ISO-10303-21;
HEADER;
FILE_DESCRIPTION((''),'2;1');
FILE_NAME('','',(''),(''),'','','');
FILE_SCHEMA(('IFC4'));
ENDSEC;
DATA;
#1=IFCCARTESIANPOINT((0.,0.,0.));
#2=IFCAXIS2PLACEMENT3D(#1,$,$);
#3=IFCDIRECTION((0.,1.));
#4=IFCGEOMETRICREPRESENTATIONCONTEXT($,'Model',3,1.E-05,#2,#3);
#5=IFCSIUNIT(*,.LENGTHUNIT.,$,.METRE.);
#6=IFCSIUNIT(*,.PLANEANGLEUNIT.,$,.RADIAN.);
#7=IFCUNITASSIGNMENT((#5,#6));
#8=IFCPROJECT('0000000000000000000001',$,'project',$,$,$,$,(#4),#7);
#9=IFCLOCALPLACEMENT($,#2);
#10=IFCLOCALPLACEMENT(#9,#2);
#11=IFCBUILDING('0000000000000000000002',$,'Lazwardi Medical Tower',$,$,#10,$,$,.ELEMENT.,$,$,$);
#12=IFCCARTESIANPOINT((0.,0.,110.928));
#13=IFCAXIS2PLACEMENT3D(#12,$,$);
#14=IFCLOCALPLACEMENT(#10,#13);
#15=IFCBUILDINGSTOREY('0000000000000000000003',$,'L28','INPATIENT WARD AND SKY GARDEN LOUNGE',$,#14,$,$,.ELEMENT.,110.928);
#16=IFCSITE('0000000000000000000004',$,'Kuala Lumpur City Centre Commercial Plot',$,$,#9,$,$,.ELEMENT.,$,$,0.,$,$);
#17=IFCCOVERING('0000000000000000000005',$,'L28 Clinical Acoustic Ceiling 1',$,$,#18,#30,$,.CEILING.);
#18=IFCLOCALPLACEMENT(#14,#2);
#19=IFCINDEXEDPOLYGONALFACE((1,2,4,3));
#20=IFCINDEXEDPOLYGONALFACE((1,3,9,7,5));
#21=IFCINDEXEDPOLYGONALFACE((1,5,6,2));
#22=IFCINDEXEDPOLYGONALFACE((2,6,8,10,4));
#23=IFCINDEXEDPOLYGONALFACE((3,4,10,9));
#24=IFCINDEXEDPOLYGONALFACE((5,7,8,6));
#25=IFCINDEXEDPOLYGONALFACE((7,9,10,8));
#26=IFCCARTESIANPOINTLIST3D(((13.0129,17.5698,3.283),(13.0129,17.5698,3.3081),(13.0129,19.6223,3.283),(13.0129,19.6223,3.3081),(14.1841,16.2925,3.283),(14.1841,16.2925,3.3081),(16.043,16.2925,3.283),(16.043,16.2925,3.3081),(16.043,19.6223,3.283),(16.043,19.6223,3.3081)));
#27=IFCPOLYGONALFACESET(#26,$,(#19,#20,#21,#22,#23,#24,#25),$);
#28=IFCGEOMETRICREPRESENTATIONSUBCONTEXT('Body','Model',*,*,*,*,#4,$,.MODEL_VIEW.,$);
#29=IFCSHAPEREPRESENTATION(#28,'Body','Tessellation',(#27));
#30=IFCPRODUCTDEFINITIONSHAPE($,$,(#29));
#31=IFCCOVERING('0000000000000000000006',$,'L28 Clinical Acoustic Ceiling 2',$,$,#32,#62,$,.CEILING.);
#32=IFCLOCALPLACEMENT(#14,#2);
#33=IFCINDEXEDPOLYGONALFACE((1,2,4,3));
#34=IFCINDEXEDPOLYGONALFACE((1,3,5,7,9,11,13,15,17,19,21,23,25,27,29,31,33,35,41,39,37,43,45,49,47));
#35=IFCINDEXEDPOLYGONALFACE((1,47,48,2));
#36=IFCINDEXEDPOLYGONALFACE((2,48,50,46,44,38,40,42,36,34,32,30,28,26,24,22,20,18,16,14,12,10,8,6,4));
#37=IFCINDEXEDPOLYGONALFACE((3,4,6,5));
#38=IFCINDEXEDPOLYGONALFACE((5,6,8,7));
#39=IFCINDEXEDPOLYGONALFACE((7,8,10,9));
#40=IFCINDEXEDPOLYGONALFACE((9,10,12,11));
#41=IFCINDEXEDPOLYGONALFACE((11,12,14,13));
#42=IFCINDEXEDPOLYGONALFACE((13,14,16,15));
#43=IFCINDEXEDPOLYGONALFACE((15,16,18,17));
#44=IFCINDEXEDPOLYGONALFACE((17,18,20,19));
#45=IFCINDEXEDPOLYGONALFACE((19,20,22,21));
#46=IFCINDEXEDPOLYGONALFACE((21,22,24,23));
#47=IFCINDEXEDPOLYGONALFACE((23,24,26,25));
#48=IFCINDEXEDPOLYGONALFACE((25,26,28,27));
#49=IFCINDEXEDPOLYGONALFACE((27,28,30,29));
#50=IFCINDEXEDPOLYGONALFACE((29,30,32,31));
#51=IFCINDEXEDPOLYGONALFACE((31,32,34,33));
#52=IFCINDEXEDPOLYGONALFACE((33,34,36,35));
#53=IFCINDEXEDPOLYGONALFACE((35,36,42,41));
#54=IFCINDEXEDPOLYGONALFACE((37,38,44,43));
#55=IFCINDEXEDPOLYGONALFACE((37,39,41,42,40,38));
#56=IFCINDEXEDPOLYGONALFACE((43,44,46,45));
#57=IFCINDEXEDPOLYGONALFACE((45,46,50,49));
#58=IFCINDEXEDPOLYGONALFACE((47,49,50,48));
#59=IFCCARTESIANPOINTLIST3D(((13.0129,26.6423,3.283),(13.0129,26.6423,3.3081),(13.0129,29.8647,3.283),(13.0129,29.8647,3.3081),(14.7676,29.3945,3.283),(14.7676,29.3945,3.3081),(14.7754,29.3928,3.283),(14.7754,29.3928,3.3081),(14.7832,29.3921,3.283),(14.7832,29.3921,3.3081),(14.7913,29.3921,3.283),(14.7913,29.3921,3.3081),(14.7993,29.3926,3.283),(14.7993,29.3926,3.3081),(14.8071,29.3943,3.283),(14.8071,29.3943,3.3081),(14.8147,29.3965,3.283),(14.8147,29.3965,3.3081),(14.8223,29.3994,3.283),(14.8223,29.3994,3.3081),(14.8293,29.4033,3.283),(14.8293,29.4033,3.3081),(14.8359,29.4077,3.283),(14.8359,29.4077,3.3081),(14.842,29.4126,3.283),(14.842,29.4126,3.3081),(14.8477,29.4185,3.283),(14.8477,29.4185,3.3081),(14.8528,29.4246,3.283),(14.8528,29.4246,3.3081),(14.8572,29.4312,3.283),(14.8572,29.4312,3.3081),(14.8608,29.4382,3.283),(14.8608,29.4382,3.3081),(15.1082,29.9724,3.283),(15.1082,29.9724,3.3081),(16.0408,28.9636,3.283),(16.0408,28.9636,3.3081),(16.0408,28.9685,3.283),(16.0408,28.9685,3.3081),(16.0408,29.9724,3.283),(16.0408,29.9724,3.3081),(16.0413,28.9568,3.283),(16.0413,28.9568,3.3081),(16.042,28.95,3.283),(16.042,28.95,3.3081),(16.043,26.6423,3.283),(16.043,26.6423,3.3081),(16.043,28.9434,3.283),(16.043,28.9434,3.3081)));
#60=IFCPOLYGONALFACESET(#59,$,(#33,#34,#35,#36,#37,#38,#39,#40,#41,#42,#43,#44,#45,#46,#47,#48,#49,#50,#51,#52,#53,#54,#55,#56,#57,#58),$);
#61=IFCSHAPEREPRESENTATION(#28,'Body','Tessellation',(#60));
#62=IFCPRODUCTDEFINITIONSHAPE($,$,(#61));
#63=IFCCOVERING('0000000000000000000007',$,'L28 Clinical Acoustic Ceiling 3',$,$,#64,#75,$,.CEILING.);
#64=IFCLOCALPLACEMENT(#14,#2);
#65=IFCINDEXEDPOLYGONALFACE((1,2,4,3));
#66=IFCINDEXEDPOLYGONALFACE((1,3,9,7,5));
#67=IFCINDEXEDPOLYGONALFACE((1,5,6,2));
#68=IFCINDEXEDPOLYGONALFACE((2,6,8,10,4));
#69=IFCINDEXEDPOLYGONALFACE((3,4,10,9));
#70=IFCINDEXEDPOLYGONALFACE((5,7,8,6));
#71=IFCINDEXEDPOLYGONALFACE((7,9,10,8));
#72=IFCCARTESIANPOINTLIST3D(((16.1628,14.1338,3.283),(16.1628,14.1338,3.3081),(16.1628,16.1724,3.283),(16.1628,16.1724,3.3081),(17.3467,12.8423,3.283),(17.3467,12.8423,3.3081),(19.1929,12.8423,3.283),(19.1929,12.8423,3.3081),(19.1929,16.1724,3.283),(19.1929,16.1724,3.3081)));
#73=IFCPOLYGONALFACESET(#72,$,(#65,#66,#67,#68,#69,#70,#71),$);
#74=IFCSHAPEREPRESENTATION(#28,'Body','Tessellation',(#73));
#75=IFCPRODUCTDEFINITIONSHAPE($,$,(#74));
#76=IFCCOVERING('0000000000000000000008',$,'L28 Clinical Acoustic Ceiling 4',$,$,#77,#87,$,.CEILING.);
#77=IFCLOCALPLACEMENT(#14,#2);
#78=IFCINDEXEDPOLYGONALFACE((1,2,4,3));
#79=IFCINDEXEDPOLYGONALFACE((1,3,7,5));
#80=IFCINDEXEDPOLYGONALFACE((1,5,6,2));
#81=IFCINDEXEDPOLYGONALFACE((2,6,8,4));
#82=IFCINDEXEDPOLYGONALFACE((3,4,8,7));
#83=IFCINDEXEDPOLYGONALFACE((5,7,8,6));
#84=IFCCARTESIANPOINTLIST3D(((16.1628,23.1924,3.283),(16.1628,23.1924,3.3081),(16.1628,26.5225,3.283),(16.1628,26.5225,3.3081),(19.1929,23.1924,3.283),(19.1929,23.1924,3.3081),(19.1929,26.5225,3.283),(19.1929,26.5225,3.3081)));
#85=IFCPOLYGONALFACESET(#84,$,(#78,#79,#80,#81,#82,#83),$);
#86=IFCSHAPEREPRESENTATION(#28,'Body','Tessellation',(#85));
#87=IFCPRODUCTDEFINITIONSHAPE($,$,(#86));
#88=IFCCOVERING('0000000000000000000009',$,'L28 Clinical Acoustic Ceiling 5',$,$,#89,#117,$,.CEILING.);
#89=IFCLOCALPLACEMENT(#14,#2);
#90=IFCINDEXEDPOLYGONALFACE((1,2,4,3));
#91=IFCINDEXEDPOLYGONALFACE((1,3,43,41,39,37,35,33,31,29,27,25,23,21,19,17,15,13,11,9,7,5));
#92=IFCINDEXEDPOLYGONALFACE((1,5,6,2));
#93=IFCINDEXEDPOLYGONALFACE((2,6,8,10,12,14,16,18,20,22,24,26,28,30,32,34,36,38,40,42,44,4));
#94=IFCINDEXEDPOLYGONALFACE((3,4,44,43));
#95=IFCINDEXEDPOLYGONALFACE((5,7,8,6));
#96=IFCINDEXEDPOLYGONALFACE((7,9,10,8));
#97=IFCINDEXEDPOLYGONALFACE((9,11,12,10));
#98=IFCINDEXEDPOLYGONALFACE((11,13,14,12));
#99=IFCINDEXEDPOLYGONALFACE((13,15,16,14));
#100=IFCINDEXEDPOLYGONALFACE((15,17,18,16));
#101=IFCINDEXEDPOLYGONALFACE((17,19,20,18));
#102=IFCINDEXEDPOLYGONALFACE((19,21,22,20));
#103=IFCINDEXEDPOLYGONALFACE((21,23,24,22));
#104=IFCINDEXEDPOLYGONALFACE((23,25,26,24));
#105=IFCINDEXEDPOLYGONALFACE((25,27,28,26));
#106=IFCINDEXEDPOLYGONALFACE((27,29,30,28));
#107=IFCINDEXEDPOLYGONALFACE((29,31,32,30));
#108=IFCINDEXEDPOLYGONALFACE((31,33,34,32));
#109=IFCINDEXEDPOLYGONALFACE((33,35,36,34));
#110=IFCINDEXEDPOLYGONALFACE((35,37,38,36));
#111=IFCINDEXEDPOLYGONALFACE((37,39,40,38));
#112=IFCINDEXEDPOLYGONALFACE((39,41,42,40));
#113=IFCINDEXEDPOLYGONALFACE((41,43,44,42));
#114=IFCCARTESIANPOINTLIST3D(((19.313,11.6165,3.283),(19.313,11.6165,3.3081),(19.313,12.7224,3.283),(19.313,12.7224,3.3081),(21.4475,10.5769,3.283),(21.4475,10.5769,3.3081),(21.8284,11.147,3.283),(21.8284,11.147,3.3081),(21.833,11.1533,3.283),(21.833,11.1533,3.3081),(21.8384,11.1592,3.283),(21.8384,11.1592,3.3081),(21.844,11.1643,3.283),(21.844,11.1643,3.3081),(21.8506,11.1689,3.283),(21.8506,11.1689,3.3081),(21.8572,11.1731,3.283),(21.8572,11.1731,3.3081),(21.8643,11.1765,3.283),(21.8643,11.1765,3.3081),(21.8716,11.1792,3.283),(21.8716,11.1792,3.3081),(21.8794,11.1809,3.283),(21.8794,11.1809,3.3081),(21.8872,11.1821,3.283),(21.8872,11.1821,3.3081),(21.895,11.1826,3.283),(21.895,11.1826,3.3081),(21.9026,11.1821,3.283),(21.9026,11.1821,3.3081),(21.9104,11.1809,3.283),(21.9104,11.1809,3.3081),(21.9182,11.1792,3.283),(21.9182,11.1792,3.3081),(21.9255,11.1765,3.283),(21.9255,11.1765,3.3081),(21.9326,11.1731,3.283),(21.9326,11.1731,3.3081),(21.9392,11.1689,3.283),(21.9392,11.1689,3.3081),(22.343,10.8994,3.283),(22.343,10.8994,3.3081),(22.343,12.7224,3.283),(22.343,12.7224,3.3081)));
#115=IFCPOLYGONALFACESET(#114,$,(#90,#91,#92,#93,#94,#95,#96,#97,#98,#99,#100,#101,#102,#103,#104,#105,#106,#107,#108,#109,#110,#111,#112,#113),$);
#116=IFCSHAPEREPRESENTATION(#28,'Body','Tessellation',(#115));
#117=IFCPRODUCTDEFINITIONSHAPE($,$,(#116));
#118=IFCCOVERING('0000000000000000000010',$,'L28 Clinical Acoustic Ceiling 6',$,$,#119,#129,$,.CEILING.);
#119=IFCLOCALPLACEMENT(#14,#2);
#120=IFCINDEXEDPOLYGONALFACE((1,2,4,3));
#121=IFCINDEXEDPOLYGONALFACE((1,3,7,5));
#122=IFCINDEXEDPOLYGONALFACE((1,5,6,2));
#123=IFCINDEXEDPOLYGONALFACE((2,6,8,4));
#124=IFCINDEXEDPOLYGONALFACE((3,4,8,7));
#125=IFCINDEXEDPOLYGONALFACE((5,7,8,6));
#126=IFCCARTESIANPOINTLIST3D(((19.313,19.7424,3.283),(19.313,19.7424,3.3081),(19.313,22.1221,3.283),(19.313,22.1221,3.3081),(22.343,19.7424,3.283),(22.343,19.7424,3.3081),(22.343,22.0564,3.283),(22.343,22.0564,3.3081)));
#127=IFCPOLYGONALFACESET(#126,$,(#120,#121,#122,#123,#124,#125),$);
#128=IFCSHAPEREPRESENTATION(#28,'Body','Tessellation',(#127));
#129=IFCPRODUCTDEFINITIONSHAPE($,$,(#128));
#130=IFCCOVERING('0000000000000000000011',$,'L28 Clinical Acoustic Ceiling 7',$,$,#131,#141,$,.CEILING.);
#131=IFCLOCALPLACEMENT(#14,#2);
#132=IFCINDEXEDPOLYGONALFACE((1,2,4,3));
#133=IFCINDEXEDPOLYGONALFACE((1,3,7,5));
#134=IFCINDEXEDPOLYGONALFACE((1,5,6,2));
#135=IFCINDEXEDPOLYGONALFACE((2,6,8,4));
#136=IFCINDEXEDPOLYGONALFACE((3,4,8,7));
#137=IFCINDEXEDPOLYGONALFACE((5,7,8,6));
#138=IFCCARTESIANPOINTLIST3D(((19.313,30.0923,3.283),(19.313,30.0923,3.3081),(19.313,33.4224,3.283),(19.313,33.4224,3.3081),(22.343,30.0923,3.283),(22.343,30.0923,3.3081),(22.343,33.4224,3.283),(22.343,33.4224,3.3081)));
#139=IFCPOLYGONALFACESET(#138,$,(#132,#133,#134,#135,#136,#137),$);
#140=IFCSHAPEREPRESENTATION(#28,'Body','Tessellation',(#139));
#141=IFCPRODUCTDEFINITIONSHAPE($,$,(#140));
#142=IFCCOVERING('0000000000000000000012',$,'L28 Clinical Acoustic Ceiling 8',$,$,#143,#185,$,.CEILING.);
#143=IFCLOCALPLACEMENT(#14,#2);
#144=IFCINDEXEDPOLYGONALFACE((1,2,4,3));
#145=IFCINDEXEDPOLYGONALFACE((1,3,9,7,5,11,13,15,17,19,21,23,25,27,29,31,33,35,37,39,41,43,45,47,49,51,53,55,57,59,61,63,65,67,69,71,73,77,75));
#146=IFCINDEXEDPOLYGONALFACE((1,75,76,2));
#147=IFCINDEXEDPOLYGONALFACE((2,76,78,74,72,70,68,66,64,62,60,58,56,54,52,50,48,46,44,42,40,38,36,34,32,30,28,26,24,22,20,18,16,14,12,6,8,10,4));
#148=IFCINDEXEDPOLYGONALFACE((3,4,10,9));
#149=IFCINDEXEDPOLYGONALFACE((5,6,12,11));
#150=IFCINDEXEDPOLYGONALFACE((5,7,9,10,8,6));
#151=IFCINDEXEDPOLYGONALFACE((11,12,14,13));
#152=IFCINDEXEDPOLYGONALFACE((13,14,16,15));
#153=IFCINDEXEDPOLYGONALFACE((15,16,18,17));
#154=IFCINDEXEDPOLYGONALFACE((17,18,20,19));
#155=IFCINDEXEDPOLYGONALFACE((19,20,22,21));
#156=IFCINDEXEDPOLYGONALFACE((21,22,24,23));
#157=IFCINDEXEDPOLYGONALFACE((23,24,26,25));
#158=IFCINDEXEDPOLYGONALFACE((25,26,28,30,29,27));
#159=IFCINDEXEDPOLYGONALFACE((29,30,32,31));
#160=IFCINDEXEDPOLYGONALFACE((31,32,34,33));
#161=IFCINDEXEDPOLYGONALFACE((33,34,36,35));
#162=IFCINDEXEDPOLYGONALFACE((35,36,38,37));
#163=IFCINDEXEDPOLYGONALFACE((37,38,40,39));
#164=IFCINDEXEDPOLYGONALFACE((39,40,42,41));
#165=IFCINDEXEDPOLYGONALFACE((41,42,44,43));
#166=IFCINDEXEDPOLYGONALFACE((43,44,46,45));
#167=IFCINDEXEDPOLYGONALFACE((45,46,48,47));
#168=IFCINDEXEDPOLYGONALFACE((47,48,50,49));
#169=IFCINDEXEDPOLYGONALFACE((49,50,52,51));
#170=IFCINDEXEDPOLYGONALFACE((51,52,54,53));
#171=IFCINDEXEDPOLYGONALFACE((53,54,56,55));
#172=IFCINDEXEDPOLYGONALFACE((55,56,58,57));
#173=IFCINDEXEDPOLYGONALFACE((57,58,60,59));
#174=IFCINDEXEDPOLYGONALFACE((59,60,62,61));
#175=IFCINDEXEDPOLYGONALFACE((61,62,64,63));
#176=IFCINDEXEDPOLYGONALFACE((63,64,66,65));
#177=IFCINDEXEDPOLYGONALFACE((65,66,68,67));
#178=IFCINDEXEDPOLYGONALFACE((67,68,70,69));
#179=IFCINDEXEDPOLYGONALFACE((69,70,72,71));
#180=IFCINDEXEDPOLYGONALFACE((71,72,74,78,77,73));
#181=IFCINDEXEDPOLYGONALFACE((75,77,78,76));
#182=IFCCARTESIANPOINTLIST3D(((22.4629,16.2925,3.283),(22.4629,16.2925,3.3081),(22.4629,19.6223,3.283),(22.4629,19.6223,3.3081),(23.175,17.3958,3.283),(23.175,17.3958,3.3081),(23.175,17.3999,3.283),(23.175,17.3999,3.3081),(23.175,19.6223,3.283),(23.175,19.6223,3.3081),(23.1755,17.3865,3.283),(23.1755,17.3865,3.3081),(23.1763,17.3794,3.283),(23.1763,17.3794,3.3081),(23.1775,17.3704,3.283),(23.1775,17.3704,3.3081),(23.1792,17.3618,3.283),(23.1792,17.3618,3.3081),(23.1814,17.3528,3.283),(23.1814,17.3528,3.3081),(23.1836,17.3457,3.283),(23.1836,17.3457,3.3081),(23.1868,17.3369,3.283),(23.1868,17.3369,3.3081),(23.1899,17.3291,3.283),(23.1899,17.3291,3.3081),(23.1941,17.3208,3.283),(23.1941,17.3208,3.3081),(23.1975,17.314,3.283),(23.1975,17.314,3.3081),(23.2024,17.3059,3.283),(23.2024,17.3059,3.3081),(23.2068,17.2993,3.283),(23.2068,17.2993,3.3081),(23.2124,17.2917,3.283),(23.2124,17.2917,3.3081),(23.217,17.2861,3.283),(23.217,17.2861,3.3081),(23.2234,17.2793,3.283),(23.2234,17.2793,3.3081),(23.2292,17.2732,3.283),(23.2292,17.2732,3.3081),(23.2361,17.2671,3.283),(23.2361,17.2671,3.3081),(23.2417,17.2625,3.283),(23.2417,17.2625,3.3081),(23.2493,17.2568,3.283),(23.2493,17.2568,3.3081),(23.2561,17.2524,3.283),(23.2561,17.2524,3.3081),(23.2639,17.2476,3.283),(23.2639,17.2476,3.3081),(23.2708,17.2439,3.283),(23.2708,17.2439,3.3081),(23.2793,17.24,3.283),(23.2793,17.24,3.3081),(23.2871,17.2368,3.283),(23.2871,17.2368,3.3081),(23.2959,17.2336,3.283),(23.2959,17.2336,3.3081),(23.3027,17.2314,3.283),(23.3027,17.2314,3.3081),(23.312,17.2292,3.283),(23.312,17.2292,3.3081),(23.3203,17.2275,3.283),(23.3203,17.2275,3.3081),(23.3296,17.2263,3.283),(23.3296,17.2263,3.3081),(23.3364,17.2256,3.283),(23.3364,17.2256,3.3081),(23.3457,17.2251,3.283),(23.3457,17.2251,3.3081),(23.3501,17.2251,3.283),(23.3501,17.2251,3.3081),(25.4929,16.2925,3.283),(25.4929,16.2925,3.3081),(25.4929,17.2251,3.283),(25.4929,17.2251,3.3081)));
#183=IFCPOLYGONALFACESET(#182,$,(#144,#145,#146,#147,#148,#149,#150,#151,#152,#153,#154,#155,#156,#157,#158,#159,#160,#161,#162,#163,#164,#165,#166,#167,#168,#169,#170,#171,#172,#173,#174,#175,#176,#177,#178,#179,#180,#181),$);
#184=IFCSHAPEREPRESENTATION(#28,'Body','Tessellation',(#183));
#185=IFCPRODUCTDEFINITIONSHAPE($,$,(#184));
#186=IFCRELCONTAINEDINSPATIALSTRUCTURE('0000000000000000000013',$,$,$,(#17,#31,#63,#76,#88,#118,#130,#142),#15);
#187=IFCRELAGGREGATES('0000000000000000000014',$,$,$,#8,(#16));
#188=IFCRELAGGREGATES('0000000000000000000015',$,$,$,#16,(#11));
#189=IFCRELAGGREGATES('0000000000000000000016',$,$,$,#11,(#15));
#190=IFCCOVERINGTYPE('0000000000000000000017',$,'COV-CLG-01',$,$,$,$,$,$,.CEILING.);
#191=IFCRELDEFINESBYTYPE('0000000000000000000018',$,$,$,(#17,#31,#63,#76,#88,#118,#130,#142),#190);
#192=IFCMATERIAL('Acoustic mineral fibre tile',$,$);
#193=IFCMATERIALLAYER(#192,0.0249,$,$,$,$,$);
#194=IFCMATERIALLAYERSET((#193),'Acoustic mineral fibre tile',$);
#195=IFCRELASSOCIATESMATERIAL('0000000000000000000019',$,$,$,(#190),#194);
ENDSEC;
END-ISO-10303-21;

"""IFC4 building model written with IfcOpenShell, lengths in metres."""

from ifc_helpers import new_model, si_unit, direction, frame, origin, place, context, subcontext, project, spatial, polyline, outline, extrude, material, layer, layer_set, type_object, element, save


model = new_model("IFC4")

# Units and contexts
model_context = context("Model", 3, precision=1e-05, world=origin(), true_north=direction((0.0, 1.0)))
body_context = subcontext(model_context, "Body", "Model", "MODEL_VIEW")
ifc_project = project(units=[si_unit("LENGTHUNIT", "METRE"), si_unit("PLANEANGLEUNIT", "RADIAN")], contexts=[model_context])

# Site, building, storey
site_placement = place(None, origin())
site = spatial("IfcSite", under=ifc_project, at=site_placement, Name="Kuala Lumpur City Centre Commercial Plot", CompositionType="ELEMENT", RefElevation=0.0)
building_placement = place(site_placement, origin())
building = spatial("IfcBuilding", under=site, at=building_placement, Name="Lazwardi Medical Tower", CompositionType="ELEMENT")
storey_placement = place(building_placement, frame((0.0, 0.0, 110.928)))
storey = spatial("IfcBuildingStorey", under=building, at=storey_placement, Name="L28", Description="INPATIENT WARD AND SKY GARDEN LOUNGE", CompositionType="ELEMENT", Elevation=110.928)

# Coverings
ifc_material_1 = material(Name="Acoustic mineral fibre tile")
ifc_layer_1 = layer(ifc_material_1, 0.0249)
ifc_layer_set_1 = layer_set([ifc_layer_1], Name="Acoustic mineral fibre tile")
covering_type_1 = type_object("IfcCoveringType", Name="COV-CLG-01", PredefinedType="CEILING", material=ifc_layer_set_1)
covering_1_placement = place(storey_placement, frame((0.0, 0.0, 3.283)))
element("IfcCovering", 1, at=covering_1_placement, inside=storey, type_object=covering_type_1, Name="L28 Clinical Acoustic Ceiling 1", PredefinedType="CEILING", context=body_context, shape_type="SweptSolid", body=[
    extrude(outline(polyline([(13.0129, 17.5698), (14.1841, 16.2925), (16.043, 16.2925), (16.043, 19.6223), (13.0129, 19.6223), (13.0129, 17.5698)])), origin(), (0.0, 0.0, 1.0), 0.0251),
])
covering_2_placement = place(storey_placement, frame((0.0, 0.0, 3.283)))
element("IfcCovering", 2, at=covering_2_placement, inside=storey, type_object=covering_type_1, Name="L28 Clinical Acoustic Ceiling 2", PredefinedType="CEILING", context=body_context, shape_type="SweptSolid", body=[
    extrude(outline(polyline([(16.043, 28.9434), (16.042, 28.95), (16.0413, 28.9568), (16.0408, 28.9636), (16.0408, 28.9685), (16.0408, 29.9724), (15.1082, 29.9724), (14.8608, 29.4382), (14.8572, 29.4312), (14.8528, 29.4246), (14.8477, 29.4185), (14.842, 29.4126), (14.8359, 29.4077), (14.8293, 29.4033), (14.8223, 29.3994), (14.8147, 29.3965), (14.8071, 29.3943), (14.7993, 29.3926), (14.7913, 29.3921), (14.7832, 29.3921), (14.7754, 29.3928), (14.7676, 29.3945), (13.0129, 29.8647), (13.0129, 26.6423), (16.043, 26.6423), (16.043, 28.9434)])), origin(), (0.0, 0.0, 1.0), 0.0251),
])
covering_3_placement = place(storey_placement, frame((0.0, 0.0, 3.283)))
element("IfcCovering", 3, at=covering_3_placement, inside=storey, type_object=covering_type_1, Name="L28 Clinical Acoustic Ceiling 3", PredefinedType="CEILING", context=body_context, shape_type="SweptSolid", body=[
    extrude(outline(polyline([(16.1628, 14.1338), (17.3467, 12.8423), (19.1929, 12.8423), (19.1929, 16.1724), (16.1628, 16.1724), (16.1628, 14.1338)])), origin(), (0.0, 0.0, 1.0), 0.0251),
])
covering_4_placement = place(storey_placement, frame((0.0, 0.0, 3.283)))
element("IfcCovering", 4, at=covering_4_placement, inside=storey, type_object=covering_type_1, Name="L28 Clinical Acoustic Ceiling 4", PredefinedType="CEILING", context=body_context, shape_type="SweptSolid", body=[
    extrude(outline(polyline([(19.1929, 23.1924), (19.1929, 26.5225), (16.1628, 26.5225), (16.1628, 23.1924), (19.1929, 23.1924)])), origin(), (0.0, 0.0, 1.0), 0.0251),
])
covering_5_placement = place(storey_placement, frame((0.0, 0.0, 3.283)))
element("IfcCovering", 5, at=covering_5_placement, inside=storey, type_object=covering_type_1, Name="L28 Clinical Acoustic Ceiling 5", PredefinedType="CEILING", context=body_context, shape_type="SweptSolid", body=[
    extrude(outline(polyline([(19.313, 11.6165), (21.4475, 10.5769), (21.8284, 11.147), (21.833, 11.1533), (21.8384, 11.1592), (21.844, 11.1643), (21.8506, 11.1689), (21.8572, 11.1731), (21.8643, 11.1765), (21.8716, 11.1792), (21.8794, 11.1809), (21.8872, 11.1821), (21.895, 11.1826), (21.9026, 11.1821), (21.9104, 11.1809), (21.9182, 11.1792), (21.9255, 11.1765), (21.9326, 11.1731), (21.9392, 11.1689), (22.343, 10.8994), (22.343, 12.7224), (19.313, 12.7224), (19.313, 11.6165)])), origin(), (0.0, 0.0, 1.0), 0.0251),
])
covering_6_placement = place(storey_placement, frame((0.0, 0.0, 3.283)))
element("IfcCovering", 6, at=covering_6_placement, inside=storey, type_object=covering_type_1, Name="L28 Clinical Acoustic Ceiling 6", PredefinedType="CEILING", context=body_context, shape_type="SweptSolid", body=[
    extrude(outline(polyline([(22.343, 22.0564), (19.313, 22.1221), (19.313, 19.7424), (22.343, 19.7424), (22.343, 22.0564)])), origin(), (0.0, 0.0, 1.0), 0.0251),
])
covering_7_placement = place(storey_placement, frame((0.0, 0.0, 3.283)))
element("IfcCovering", 7, at=covering_7_placement, inside=storey, type_object=covering_type_1, Name="L28 Clinical Acoustic Ceiling 7", PredefinedType="CEILING", context=body_context, shape_type="SweptSolid", body=[
    extrude(outline(polyline([(22.343, 30.0923), (22.343, 33.4224), (19.313, 33.4224), (19.313, 30.0923), (22.343, 30.0923)])), origin(), (0.0, 0.0, 1.0), 0.0251),
])
covering_8_placement = place(storey_placement, frame((0.0, 0.0, 3.283)))
element("IfcCovering", 8, at=covering_8_placement, inside=storey, type_object=covering_type_1, Name="L28 Clinical Acoustic Ceiling 8", PredefinedType="CEILING", context=body_context, shape_type="SweptSolid", body=[
    extrude(outline(polyline([(25.4929, 17.2251), (23.3501, 17.2251), (23.3457, 17.2251), (23.3364, 17.2256), (23.3296, 17.2263), (23.3203, 17.2275), (23.312, 17.2292), (23.3027, 17.2314), (23.2959, 17.2336), (23.2871, 17.2368), (23.2793, 17.24), (23.2708, 17.2439), (23.2639, 17.2476), (23.2561, 17.2524), (23.2493, 17.2568), (23.2417, 17.2625), (23.2361, 17.2671), (23.2292, 17.2732), (23.2234, 17.2793), (23.217, 17.2861), (23.2124, 17.2917), (23.2068, 17.2993), (23.2024, 17.3059), (23.1975, 17.314), (23.1941, 17.3208), (23.1899, 17.3291), (23.1868, 17.3369), (23.1836, 17.3457), (23.1814, 17.3528), (23.1792, 17.3618), (23.1775, 17.3704), (23.1763, 17.3794), (23.1755, 17.3865), (23.175, 17.3958), (23.175, 17.3999), (23.175, 19.6223), (22.4629, 19.6223), (22.4629, 16.2925), (25.4929, 16.2925), (25.4929, 17.2251)])), origin(), (0.0, 0.0, 1.0), 0.0251),
])

save(model, "model.ifc")
